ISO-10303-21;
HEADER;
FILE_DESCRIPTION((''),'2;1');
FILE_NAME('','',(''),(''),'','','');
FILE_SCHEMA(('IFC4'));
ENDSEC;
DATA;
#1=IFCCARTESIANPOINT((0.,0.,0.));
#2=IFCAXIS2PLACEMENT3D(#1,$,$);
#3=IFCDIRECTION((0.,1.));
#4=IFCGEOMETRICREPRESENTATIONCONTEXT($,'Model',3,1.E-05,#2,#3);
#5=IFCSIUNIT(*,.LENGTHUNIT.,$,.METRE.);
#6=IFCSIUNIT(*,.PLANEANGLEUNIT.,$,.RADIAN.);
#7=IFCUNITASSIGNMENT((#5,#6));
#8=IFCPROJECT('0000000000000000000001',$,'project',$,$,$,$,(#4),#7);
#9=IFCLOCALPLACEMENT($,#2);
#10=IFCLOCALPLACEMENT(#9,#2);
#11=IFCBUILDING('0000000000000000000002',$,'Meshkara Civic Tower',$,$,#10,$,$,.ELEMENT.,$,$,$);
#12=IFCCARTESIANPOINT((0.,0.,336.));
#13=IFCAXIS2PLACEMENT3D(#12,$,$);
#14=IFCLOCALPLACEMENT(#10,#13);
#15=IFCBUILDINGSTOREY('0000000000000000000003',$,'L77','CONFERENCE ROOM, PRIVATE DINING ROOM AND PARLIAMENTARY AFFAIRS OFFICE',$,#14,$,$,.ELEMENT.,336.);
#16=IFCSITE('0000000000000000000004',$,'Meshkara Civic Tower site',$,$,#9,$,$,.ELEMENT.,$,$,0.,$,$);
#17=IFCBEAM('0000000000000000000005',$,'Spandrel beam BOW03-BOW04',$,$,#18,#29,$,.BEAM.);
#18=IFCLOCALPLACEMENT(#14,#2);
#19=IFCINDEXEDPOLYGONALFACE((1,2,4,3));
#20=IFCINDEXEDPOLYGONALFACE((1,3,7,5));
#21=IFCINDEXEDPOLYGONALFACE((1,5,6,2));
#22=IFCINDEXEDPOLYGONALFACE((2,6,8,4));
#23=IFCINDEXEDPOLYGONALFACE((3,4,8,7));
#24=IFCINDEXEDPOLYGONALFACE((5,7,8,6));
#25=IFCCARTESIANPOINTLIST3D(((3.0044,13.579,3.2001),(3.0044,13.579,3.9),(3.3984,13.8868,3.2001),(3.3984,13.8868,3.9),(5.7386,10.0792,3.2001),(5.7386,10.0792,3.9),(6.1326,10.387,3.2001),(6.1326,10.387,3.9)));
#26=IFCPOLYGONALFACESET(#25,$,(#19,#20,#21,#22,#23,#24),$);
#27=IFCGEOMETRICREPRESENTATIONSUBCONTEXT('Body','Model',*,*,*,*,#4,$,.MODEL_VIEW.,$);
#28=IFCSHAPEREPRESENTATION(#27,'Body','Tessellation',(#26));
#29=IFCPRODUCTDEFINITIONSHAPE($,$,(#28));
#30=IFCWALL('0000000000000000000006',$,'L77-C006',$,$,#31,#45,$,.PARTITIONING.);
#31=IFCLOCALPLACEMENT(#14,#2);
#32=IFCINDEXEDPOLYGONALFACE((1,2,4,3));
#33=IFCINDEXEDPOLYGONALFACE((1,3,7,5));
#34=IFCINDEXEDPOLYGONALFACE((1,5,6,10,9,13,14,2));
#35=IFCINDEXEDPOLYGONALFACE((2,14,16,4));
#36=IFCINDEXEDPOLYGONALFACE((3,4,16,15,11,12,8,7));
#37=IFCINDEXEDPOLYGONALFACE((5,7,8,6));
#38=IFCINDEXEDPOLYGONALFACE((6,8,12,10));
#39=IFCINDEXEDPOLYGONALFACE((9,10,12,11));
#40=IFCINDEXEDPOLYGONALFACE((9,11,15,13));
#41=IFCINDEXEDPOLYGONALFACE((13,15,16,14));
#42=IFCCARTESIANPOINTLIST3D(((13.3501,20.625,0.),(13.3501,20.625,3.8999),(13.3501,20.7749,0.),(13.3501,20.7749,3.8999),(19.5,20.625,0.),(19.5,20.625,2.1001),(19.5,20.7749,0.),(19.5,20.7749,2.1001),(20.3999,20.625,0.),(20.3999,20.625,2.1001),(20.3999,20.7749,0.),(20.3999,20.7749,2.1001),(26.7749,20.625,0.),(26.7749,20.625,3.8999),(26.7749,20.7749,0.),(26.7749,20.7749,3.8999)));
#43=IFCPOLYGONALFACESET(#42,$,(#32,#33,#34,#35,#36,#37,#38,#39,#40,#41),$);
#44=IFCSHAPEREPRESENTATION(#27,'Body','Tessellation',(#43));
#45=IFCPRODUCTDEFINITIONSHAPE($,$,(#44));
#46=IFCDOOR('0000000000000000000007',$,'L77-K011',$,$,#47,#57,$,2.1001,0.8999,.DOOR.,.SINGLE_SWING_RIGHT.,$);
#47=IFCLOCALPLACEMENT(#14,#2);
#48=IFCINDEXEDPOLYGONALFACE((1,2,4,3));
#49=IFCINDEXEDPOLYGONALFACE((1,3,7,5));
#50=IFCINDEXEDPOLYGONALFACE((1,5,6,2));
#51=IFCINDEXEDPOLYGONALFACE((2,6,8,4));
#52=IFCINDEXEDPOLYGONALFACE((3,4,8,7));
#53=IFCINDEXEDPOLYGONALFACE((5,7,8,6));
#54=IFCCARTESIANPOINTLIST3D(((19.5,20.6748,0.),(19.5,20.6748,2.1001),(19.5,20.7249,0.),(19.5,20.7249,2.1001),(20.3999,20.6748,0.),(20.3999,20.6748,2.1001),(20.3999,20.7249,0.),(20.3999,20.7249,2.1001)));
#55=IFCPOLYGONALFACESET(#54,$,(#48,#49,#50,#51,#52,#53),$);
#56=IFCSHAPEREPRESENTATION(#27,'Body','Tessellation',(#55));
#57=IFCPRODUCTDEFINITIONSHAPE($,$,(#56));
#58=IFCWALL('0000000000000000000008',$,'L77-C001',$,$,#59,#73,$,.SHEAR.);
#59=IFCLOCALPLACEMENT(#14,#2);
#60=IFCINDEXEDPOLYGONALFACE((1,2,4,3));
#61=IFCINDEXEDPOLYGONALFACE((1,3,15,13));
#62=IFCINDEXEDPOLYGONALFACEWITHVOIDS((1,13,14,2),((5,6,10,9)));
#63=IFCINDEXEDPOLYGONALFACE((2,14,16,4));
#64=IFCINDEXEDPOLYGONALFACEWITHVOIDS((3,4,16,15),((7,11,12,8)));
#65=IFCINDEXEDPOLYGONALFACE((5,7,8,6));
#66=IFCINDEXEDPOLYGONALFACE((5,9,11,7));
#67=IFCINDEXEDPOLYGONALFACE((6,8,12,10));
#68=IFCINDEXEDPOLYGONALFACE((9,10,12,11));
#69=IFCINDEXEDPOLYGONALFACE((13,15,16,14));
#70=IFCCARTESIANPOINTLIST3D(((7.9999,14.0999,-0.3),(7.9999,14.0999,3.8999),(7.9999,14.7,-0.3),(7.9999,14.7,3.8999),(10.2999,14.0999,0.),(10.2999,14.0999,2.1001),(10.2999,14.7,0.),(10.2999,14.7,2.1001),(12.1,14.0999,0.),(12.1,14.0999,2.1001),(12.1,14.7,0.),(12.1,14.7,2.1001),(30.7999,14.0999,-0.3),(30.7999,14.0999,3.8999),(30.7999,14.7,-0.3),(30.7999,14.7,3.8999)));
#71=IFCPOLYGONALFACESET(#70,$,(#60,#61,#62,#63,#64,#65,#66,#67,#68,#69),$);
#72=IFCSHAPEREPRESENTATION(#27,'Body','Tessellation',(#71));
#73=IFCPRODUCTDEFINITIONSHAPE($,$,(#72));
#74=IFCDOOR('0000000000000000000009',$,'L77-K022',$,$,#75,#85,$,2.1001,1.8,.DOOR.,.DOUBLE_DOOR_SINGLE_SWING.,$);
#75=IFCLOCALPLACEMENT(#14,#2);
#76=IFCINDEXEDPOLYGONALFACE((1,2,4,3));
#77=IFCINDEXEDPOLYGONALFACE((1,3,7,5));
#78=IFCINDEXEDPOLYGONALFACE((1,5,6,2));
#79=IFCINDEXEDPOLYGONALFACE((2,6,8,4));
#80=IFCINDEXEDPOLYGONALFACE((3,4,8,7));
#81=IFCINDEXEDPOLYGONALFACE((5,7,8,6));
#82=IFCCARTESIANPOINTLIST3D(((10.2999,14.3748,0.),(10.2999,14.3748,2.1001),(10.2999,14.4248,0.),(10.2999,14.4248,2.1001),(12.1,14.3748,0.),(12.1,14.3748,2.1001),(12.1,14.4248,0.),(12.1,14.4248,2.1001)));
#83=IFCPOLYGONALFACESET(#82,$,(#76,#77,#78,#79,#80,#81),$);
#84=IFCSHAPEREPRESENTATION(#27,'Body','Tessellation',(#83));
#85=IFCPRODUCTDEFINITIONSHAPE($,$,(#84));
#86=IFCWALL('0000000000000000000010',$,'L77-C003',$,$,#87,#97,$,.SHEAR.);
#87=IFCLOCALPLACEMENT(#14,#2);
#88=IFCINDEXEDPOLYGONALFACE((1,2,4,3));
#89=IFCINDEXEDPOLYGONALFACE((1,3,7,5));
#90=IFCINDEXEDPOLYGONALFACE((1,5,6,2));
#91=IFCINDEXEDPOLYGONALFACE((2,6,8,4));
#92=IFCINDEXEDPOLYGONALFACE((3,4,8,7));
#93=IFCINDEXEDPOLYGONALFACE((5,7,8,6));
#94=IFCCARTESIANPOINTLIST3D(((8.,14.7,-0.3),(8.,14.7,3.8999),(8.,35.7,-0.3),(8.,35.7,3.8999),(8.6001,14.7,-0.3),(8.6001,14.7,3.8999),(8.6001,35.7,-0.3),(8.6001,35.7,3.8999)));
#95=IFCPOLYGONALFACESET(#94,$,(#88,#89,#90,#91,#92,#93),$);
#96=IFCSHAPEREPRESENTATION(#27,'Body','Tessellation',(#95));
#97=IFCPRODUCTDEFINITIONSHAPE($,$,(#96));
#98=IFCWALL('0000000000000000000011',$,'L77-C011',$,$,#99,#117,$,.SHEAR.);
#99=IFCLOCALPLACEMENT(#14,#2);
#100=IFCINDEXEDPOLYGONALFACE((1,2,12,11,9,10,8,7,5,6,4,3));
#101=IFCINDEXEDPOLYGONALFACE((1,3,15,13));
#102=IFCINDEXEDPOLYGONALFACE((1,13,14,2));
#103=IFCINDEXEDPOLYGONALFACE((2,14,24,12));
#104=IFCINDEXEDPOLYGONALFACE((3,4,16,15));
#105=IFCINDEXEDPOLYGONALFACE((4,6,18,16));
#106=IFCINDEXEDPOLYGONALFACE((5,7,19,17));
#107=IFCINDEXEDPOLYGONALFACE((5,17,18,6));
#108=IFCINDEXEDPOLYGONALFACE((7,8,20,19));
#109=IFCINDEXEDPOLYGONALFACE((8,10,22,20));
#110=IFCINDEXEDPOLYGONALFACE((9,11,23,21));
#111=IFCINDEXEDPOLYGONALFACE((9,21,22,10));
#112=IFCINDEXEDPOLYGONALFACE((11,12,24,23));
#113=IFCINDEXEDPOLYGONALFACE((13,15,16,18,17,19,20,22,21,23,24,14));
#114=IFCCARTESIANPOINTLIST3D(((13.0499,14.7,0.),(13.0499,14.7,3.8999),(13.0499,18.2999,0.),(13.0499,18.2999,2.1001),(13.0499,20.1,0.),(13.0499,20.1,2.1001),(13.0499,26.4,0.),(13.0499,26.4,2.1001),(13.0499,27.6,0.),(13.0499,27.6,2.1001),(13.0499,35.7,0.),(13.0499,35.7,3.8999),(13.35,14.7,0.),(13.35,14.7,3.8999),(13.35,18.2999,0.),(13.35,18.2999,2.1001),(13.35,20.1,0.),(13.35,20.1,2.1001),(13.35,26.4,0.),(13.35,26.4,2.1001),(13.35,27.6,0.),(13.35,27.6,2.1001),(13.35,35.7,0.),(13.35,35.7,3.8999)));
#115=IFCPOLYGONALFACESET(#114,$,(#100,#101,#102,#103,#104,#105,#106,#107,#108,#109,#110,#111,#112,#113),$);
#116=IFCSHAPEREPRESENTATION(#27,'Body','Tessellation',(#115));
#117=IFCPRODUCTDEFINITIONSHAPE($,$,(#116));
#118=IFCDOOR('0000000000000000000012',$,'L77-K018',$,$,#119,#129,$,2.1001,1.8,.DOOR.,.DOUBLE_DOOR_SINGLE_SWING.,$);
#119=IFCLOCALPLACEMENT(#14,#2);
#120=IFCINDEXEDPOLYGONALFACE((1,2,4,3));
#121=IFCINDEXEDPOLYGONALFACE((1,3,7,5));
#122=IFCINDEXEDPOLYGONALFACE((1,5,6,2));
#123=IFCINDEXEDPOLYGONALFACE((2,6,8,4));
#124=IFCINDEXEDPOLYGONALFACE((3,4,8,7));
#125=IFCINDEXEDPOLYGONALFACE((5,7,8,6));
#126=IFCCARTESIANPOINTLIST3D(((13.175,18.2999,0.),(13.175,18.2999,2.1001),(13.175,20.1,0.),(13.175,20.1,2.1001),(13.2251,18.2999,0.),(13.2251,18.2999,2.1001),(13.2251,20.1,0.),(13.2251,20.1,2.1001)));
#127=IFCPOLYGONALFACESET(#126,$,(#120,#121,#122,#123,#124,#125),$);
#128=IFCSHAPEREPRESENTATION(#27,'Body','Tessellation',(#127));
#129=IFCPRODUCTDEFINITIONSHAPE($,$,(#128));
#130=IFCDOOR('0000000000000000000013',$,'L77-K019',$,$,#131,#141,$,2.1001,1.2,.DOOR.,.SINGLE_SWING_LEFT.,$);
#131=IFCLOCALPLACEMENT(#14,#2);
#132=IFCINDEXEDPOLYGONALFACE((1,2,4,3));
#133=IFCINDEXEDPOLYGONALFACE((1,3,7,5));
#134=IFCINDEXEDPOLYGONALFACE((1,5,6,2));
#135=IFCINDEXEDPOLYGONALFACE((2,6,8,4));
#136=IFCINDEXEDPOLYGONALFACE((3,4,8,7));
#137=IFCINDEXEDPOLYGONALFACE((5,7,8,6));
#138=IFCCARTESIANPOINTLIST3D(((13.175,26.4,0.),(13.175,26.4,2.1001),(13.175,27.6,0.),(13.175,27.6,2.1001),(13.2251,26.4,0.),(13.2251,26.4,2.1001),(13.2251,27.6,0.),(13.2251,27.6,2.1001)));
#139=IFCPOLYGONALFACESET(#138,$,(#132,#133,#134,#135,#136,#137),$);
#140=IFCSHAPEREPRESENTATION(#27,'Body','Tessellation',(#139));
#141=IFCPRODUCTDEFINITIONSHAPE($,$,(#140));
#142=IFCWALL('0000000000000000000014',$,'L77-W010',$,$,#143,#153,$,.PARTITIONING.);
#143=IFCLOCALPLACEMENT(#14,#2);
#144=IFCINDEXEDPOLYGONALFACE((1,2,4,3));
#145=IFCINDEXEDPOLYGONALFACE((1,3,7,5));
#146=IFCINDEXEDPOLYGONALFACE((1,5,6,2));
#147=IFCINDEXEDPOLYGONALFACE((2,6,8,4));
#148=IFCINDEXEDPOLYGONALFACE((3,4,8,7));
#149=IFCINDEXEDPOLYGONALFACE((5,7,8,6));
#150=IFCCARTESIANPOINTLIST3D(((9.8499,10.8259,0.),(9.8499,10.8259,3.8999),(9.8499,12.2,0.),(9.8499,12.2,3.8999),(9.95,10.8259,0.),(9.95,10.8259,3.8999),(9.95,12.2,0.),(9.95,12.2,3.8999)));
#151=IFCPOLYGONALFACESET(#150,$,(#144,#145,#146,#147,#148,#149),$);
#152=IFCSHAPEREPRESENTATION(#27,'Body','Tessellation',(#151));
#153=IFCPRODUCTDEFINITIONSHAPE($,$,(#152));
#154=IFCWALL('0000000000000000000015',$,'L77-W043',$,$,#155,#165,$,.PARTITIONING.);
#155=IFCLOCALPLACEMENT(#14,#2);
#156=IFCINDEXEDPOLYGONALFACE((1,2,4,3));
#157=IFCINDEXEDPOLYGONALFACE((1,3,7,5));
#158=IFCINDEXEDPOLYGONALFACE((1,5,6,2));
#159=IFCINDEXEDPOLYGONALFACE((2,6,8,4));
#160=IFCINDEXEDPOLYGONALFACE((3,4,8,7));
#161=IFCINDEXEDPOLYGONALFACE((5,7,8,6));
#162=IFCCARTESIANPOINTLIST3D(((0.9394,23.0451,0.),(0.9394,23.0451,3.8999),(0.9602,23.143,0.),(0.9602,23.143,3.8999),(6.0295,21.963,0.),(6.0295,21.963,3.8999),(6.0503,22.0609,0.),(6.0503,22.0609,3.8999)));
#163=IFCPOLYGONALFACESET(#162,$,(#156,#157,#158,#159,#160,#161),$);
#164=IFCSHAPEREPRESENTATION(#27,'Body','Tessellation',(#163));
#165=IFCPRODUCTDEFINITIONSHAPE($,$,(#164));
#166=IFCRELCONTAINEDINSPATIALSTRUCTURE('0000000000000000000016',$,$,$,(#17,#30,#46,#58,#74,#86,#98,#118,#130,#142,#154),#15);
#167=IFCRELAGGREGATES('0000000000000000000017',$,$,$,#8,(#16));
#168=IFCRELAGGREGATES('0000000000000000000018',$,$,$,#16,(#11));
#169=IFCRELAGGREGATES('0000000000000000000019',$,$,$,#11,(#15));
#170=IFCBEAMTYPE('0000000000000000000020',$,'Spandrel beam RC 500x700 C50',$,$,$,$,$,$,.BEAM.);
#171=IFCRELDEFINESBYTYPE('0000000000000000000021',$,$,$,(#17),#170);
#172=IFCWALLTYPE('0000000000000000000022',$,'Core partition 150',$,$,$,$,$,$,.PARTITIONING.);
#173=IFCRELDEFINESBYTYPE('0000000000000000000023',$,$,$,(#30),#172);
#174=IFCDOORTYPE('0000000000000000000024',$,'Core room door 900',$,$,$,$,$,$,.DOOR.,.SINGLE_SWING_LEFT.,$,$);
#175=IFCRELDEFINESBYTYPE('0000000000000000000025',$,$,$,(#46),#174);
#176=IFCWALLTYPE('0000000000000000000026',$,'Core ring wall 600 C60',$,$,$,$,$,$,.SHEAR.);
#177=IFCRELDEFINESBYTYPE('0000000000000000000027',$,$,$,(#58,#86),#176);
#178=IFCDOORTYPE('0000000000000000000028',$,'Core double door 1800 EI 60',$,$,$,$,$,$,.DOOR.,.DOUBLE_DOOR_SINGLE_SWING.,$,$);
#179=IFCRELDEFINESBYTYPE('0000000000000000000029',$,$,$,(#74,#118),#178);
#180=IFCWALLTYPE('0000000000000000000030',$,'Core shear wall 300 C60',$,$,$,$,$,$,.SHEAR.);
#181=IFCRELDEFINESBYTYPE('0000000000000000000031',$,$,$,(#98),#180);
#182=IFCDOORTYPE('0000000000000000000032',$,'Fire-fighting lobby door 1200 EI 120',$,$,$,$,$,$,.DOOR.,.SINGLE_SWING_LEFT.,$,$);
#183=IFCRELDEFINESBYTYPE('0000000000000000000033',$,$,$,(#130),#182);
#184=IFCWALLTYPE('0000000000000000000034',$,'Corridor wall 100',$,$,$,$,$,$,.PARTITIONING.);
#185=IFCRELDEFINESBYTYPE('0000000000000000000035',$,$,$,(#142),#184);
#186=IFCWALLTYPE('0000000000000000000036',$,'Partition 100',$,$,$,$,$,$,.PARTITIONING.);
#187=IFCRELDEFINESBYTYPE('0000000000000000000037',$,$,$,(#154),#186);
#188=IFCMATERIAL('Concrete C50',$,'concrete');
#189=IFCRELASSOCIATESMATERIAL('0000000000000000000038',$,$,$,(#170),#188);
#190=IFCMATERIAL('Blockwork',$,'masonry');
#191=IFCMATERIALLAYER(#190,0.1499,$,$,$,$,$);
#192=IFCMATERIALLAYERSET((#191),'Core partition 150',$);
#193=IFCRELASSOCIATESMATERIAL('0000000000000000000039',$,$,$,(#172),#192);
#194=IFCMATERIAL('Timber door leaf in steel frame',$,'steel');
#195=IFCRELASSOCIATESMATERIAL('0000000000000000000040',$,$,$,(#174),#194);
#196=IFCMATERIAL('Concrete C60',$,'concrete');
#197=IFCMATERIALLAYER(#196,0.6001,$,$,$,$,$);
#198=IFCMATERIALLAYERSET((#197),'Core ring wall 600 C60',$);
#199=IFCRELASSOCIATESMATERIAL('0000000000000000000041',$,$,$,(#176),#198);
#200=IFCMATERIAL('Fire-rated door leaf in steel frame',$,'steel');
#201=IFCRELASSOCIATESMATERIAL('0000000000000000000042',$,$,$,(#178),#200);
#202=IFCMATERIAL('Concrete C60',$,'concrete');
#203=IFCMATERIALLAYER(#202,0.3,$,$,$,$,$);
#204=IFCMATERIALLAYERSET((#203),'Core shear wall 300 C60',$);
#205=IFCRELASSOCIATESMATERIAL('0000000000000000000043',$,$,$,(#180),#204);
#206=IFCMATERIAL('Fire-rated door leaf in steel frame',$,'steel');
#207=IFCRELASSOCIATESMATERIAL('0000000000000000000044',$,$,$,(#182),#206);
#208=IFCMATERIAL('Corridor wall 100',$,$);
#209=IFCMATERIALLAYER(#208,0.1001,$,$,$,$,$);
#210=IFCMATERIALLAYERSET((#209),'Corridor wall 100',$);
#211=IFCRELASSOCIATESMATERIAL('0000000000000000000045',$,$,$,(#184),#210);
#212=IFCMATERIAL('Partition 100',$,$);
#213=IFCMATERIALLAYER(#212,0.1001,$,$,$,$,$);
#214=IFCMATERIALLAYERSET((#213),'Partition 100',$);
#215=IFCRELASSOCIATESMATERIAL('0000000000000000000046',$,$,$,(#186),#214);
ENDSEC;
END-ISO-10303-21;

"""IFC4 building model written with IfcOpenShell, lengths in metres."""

from ifc_helpers import new_model, si_unit, direction, frame, frame_2d, origin, origin_2d, place, context, subcontext, project, spatial, rectangle, extrude, material, layer, layer_set, material_profile, profile_set, type_object, element, fill, save


model = new_model("IFC4")

# Units and contexts
model_context = context("Model", 3, precision=1e-05, world=origin(), true_north=direction((0.0, 1.0)))
body_context = subcontext(model_context, "Body", "Model", "MODEL_VIEW")
ifc_project = project(units=[si_unit("LENGTHUNIT", "METRE"), si_unit("PLANEANGLEUNIT", "RADIAN")], contexts=[model_context])

# Site, building, storey
site_placement = place(None, origin())
site = spatial("IfcSite", under=ifc_project, at=site_placement, Name="Meshkara Civic Tower site", CompositionType="ELEMENT", RefElevation=0.0)
building_placement = place(site_placement, origin())
building = spatial("IfcBuilding", under=site, at=building_placement, Name="Meshkara Civic Tower", CompositionType="ELEMENT")
storey_placement = place(building_placement, frame((0.0, 0.0, 336.0)))
storey = spatial("IfcBuildingStorey", under=building, at=storey_placement, Name="L77", Description="CONFERENCE ROOM, PRIVATE DINING ROOM AND PARLIAMENTARY AFFAIRS OFFICE", CompositionType="ELEMENT", Elevation=336.0)

# Beam
ifc_material_1 = material(Name="Concrete C50", Category="concrete")
ifc_material_profile = material_profile(ifc_material_1, rectangle(XDim=0.5, YDim=0.7, at=origin_2d()))
ifc_profile_set = profile_set([ifc_material_profile], Name="Concrete C50")
beam_type = type_object("IfcBeamType", Name="Spandrel beam RC 500x700 C50", PredefinedType="BEAM", material=ifc_profile_set)
beam_placement = place(storey_placement, frame((3.2014, 13.7329, 3.55), z_axis=(0.615637, -0.78803, 0.0), x_axis=(0.78803, 0.615637, 0.0)))
element("IfcBeam", 1, at=beam_placement, inside=storey, type_object=beam_type, Name="Spandrel beam BOW03-BOW04", PredefinedType="BEAM", context=body_context, shape_type="SweptSolid", body=[
    extrude(rectangle(XDim=0.5, YDim=0.7, at=origin_2d()), origin(), (0.0, 0.0, 1.0), 4.4412),
])

# Walls, openings, doors
ifc_material_2 = material(Name="Blockwork", Category="masonry")
ifc_layer_1 = layer(ifc_material_2, 0.1499)
ifc_layer_set_1 = layer_set([ifc_layer_1], Name="Core partition 150")
wall_type_1 = type_object("IfcWallType", Name="Core partition 150", PredefinedType="PARTITIONING", material=ifc_layer_set_1)
wall_1_placement = place(storey_placement, frame((13.3501, 20.7, 0.0), z_axis=(0.0, 0.0, 1.0), x_axis=(1.0, 0.0, 0.0)))
wall_1 = element("IfcWall", 2, at=wall_1_placement, inside=storey, type_object=wall_type_1, Name="L77-C006", PredefinedType="PARTITIONING", context=body_context, shape_type="SweptSolid", body=[
    extrude(rectangle(XDim=13.4248, YDim=0.1499, at=frame_2d((6.7124, 0.0))), origin(), (0.0, 0.0, 1.0), 3.8999),
])
opening_1_placement = place(wall_1_placement, frame((6.1499, 0.0, 0.0)))
opening_1 = element("IfcOpeningElement", 3, at=opening_1_placement, cuts=wall_1, PredefinedType="OPENING", context=body_context, shape_type="SweptSolid", body=[
    extrude(rectangle(XDim=0.8999, YDim=2.1001, at=frame_2d((0.45, 1.05))), frame((0.0, 0.085, 0.0), z_axis=(0.0, -1.0, 0.0), x_axis=(1.0, 0.0, 0.0)), (0.0, 0.0, 1.0), 0.1699),
])
ifc_material_3 = material(Name="Timber door leaf in steel frame", Category="steel")
door_type_1 = type_object("IfcDoorType", Name="Core room door 900", OperationType="SINGLE_SWING_LEFT", PredefinedType="DOOR", material=ifc_material_3)
door_1_placement = place(opening_1_placement, origin())
door_1 = element("IfcDoor", 4, at=door_1_placement, inside=storey, type_object=door_type_1, Name="L77-K011", OperationType="SINGLE_SWING_RIGHT", OverallHeight=2.1001, OverallWidth=0.8999, PredefinedType="DOOR", context=body_context, shape_type="SweptSolid", body=[
    extrude(rectangle(XDim=0.8999, YDim=2.1001, at=frame_2d((0.45, 1.05))), frame((0.0, 0.0249, 0.0), z_axis=(0.0, -1.0, 0.0), x_axis=(1.0, 0.0, 0.0)), (0.0, 0.0, 1.0), 0.05),
])
fill(opening_1, door_1)
ifc_material_4 = material(Name="Concrete C60", Category="concrete")
ifc_layer_2 = layer(ifc_material_4, 0.6001)
ifc_layer_set_2 = layer_set([ifc_layer_2], Name="Core ring wall 600 C60")
wall_type_2 = type_object("IfcWallType", Name="Core ring wall 600 C60", PredefinedType="SHEAR", material=ifc_layer_set_2)
wall_2_placement = place(storey_placement, frame((8.0, 14.3999, -0.3), z_axis=(0.0, 0.0, 1.0), x_axis=(1.0, 0.0, 0.0)))
wall_2 = element("IfcWall", 5, at=wall_2_placement, inside=storey, type_object=wall_type_2, Name="L77-C001", PredefinedType="SHEAR", context=body_context, shape_type="SweptSolid", body=[
    extrude(rectangle(XDim=22.8, YDim=0.6001, at=frame_2d((11.3999, 0.0))), origin(), (0.0, 0.0, 1.0), 4.2),
])
opening_2_placement = place(wall_2_placement, frame((2.3, 0.0, 0.3)))
opening_2 = element("IfcOpeningElement", 6, at=opening_2_placement, cuts=wall_2, PredefinedType="OPENING", context=body_context, shape_type="SweptSolid", body=[
    extrude(rectangle(XDim=1.8, YDim=2.1001, at=frame_2d((0.8999, 1.05))), frame((0.0, 0.3101, 0.0), z_axis=(0.0, -1.0, 0.0), x_axis=(1.0, 0.0, 0.0)), (0.0, 0.0, 1.0), 0.6201),
])
ifc_material_5 = material(Name="Fire-rated door leaf in steel frame", Category="steel")
door_type_2 = type_object("IfcDoorType", Name="Core double door 1800 EI 60", OperationType="DOUBLE_DOOR_SINGLE_SWING", PredefinedType="DOOR", material=ifc_material_5)
door_2_placement = place(opening_2_placement, origin())
door_2 = element("IfcDoor", 7, at=door_2_placement, inside=storey, type_object=door_type_2, Name="L77-K022", OperationType="DOUBLE_DOOR_SINGLE_SWING", OverallHeight=2.1001, OverallWidth=1.8, PredefinedType="DOOR", context=body_context, shape_type="SweptSolid", body=[
    extrude(rectangle(XDim=1.8, YDim=2.1001, at=frame_2d((0.8999, 1.05))), frame((0.0, 0.0249, 0.0), z_axis=(0.0, -1.0, 0.0), x_axis=(1.0, 0.0, 0.0)), (0.0, 0.0, 1.0), 0.05),
])
fill(opening_2, door_2)

# Wall
wall_3_placement = place(storey_placement, frame((8.3, 14.7, -0.3), z_axis=(0.0, 0.0, 1.0), x_axis=(0.0, 1.0, 0.0)))
element("IfcWall", 8, at=wall_3_placement, inside=storey, type_object=wall_type_2, Name="L77-C003", PredefinedType="SHEAR", context=body_context, shape_type="SweptSolid", body=[
    extrude(rectangle(XDim=21.0, YDim=0.6001, at=frame_2d((10.5, 0.0))), origin(), (0.0, 0.0, 1.0), 4.2),
])

# Wall, openings, doors
ifc_material_6 = material(Name="Concrete C60", Category="concrete")
ifc_layer_3 = layer(ifc_material_6, 0.3)
ifc_layer_set_3 = layer_set([ifc_layer_3], Name="Core shear wall 300 C60")
wall_type_3 = type_object("IfcWallType", Name="Core shear wall 300 C60", PredefinedType="SHEAR", material=ifc_layer_set_3)
wall_4_placement = place(storey_placement, frame((13.2, 14.7, 0.0), z_axis=(0.0, 0.0, 1.0), x_axis=(0.0, 1.0, 0.0)))
wall_4 = element("IfcWall", 9, at=wall_4_placement, inside=storey, type_object=wall_type_3, Name="L77-C011", PredefinedType="SHEAR", context=body_context, shape_type="SweptSolid", body=[
    extrude(rectangle(XDim=21.0, YDim=0.3, at=frame_2d((10.5, 0.0))), origin(), (0.0, 0.0, 1.0), 3.8999),
])
opening_3_placement = place(wall_4_placement, frame((3.6001, 0.0, 0.0)))
opening_3 = element("IfcOpeningElement", 10, at=opening_3_placement, cuts=wall_4, PredefinedType="OPENING", context=body_context, shape_type="SweptSolid", body=[
    extrude(rectangle(XDim=1.8, YDim=2.1001, at=frame_2d((0.8999, 1.05))), frame((0.0, 0.1599, 0.0), z_axis=(0.0, -1.0, 0.0), x_axis=(1.0, 0.0, 0.0)), (0.0, 0.0, 1.0), 0.3201),
])
opening_4_placement = place(wall_4_placement, frame((11.7, 0.0, 0.0)))
opening_4 = element("IfcOpeningElement", 11, at=opening_4_placement, cuts=wall_4, PredefinedType="OPENING", context=body_context, shape_type="SweptSolid", body=[
    extrude(rectangle(XDim=1.2, YDim=2.1001, at=frame_2d((0.6001, 1.05))), frame((0.0, 0.1599, 0.0), z_axis=(0.0, -1.0, 0.0), x_axis=(1.0, 0.0, 0.0)), (0.0, 0.0, 1.0), 0.3201),
])
door_3_placement = place(opening_3_placement, origin())
door_3 = element("IfcDoor", 12, at=door_3_placement, inside=storey, type_object=door_type_2, Name="L77-K018", OperationType="DOUBLE_DOOR_SINGLE_SWING", OverallHeight=2.1001, OverallWidth=1.8, PredefinedType="DOOR", context=body_context, shape_type="SweptSolid", body=[
    extrude(rectangle(XDim=1.8, YDim=2.1001, at=frame_2d((0.8999, 1.05))), frame((0.0, 0.0249, 0.0), z_axis=(0.0, -1.0, 0.0), x_axis=(1.0, 0.0, 0.0)), (0.0, 0.0, 1.0), 0.05),
])
fill(opening_3, door_3)
ifc_material_7 = material(Name="Fire-rated door leaf in steel frame", Category="steel")
door_type_3 = type_object("IfcDoorType", Name="Fire-fighting lobby door 1200 EI 120", OperationType="SINGLE_SWING_LEFT", PredefinedType="DOOR", material=ifc_material_7)
door_4_placement = place(opening_4_placement, origin())
door_4 = element("IfcDoor", 13, at=door_4_placement, inside=storey, type_object=door_type_3, Name="L77-K019", OperationType="SINGLE_SWING_LEFT", OverallHeight=2.1001, OverallWidth=1.2, PredefinedType="DOOR", context=body_context, shape_type="SweptSolid", body=[
    extrude(rectangle(XDim=1.2, YDim=2.1001, at=frame_2d((0.6001, 1.05))), frame((0.0, 0.0249, 0.0), z_axis=(0.0, -1.0, 0.0), x_axis=(1.0, 0.0, 0.0)), (0.0, 0.0, 1.0), 0.05),
])
fill(opening_4, door_4)

# Walls
ifc_material_8 = material(Name="Corridor wall 100")
ifc_layer_4 = layer(ifc_material_8, 0.1001)
ifc_layer_set_4 = layer_set([ifc_layer_4], Name="Corridor wall 100")
wall_type_4 = type_object("IfcWallType", Name="Corridor wall 100", PredefinedType="PARTITIONING", material=ifc_layer_set_4)
wall_5_placement = place(storey_placement, frame((9.8999, 12.2, 0.0), z_axis=(0.0, 0.0, 1.0), x_axis=(0.0, -1.0, 0.0)))
element("IfcWall", 14, at=wall_5_placement, inside=storey, type_object=wall_type_4, Name="L77-W010", PredefinedType="PARTITIONING", context=body_context, shape_type="SweptSolid", body=[
    extrude(rectangle(XDim=1.374, YDim=0.1001, at=frame_2d((0.687, 0.0))), origin(), (0.0, 0.0, 1.0), 3.8999),
])
ifc_material_9 = material(Name="Partition 100")
ifc_layer_5 = layer(ifc_material_9, 0.1001)
ifc_layer_set_5 = layer_set([ifc_layer_5], Name="Partition 100")
wall_type_5 = type_object("IfcWallType", Name="Partition 100", PredefinedType="PARTITIONING", material=ifc_layer_set_5)
wall_6_placement = place(storey_placement, frame((6.04, 22.012, 0.0), z_axis=(0.0, 0.0, 1.0), x_axis=(-0.978144, 0.20793, 0.0)))
element("IfcWall", 15, at=wall_6_placement, inside=storey, type_object=wall_type_5, Name="L77-W043", PredefinedType="PARTITIONING", context=body_context, shape_type="SweptSolid", body=[
    extrude(rectangle(XDim=5.2039, YDim=0.1001, at=frame_2d((2.6021, 0.0))), origin(), (0.0, 0.0, 1.0), 3.8999),
])

save(model, "model.ifc")
